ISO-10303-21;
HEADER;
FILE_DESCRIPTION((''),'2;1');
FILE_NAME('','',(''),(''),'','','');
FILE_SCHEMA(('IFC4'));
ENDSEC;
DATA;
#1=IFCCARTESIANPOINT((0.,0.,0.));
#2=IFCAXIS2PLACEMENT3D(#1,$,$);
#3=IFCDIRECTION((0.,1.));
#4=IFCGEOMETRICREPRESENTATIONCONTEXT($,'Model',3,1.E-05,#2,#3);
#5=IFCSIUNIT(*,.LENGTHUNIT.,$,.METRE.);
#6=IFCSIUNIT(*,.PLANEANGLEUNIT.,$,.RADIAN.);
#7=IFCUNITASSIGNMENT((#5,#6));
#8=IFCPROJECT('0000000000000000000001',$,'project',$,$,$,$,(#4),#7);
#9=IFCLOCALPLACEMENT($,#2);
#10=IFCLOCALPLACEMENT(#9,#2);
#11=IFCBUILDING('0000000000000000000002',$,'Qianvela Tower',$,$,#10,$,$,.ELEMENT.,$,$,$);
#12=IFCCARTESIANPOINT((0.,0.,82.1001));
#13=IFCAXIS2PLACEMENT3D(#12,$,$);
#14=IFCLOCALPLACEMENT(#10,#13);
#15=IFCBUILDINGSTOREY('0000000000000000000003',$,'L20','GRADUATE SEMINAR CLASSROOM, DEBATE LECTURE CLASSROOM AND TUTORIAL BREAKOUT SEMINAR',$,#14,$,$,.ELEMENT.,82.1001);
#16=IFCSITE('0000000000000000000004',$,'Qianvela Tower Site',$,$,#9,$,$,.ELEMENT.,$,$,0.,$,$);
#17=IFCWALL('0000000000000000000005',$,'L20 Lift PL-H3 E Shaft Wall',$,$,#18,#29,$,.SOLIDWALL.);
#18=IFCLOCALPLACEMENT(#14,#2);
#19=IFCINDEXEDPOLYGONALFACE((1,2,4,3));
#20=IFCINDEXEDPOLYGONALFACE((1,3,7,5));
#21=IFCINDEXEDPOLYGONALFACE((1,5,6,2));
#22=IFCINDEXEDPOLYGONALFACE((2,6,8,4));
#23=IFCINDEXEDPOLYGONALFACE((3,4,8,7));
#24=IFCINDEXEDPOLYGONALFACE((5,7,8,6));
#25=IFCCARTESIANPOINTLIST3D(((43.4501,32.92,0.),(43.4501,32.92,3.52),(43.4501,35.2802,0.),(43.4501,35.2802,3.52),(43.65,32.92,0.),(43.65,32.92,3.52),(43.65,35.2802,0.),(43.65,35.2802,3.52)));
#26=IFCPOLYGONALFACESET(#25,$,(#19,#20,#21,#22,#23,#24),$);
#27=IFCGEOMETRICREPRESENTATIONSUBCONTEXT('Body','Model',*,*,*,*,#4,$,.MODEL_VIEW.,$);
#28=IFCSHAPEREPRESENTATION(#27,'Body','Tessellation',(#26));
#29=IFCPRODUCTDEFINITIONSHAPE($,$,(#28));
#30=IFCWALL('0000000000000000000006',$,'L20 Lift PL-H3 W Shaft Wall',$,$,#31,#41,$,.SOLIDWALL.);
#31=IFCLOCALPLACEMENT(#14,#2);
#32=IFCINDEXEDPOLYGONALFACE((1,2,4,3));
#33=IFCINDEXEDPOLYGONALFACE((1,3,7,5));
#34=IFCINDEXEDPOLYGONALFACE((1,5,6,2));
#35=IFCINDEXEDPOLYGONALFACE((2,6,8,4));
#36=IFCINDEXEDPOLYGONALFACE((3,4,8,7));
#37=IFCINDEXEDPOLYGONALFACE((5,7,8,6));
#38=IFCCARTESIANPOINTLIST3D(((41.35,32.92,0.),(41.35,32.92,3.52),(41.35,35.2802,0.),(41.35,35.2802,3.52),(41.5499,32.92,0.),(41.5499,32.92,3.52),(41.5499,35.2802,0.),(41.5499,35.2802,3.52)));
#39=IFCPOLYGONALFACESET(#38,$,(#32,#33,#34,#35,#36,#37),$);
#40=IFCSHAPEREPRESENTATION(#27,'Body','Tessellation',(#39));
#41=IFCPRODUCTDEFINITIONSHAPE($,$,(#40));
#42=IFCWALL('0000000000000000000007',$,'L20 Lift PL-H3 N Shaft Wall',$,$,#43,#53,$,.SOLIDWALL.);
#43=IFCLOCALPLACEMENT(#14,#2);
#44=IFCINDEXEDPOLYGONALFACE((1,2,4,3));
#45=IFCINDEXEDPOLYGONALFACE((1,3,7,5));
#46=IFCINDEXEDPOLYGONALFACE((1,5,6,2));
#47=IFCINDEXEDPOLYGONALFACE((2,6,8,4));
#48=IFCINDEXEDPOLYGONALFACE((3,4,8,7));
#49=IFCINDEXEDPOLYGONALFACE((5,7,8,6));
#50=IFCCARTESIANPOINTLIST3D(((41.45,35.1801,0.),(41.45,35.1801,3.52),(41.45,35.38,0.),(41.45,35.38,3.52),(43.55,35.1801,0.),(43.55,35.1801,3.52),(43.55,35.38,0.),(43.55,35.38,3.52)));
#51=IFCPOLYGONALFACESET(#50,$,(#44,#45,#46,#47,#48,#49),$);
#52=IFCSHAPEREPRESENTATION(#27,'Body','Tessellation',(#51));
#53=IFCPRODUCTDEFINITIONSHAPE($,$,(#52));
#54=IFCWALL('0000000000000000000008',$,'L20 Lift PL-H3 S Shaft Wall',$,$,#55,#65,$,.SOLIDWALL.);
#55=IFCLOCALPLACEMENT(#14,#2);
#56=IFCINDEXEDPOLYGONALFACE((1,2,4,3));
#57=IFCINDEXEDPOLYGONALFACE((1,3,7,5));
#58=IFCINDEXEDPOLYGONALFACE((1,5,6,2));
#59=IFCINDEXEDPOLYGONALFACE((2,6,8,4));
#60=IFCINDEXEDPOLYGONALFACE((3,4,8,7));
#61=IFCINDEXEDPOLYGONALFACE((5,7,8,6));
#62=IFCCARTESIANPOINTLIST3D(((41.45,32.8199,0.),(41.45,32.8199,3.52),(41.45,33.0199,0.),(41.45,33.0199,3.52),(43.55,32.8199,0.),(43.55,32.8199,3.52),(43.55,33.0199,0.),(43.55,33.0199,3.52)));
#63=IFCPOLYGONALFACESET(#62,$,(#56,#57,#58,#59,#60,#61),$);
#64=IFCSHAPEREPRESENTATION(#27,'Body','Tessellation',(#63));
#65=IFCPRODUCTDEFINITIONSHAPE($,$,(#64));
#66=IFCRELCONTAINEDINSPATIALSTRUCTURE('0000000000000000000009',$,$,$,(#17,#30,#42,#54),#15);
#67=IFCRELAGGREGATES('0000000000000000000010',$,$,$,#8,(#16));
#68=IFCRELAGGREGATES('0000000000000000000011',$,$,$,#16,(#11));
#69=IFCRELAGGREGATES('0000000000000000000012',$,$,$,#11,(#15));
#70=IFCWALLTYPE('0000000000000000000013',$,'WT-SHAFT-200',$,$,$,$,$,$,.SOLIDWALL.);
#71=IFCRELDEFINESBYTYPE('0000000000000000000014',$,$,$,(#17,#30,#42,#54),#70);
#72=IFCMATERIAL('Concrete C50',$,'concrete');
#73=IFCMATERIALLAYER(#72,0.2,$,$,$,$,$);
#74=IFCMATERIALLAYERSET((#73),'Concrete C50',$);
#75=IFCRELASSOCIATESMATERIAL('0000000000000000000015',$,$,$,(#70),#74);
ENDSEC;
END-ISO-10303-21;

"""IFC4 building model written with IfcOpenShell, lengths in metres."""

from ifc_helpers import new_model, si_unit, direction, frame, frame_2d, origin, place, context, subcontext, project, spatial, rectangle, extrude, material, layer, layer_set, type_object, element, save


model = new_model("IFC4")

# Units and contexts
model_context = context("Model", 3, precision=1e-05, world=origin(), true_north=direction((0.0, 1.0)))
body_context = subcontext(model_context, "Body", "Model", "MODEL_VIEW")
ifc_project = project(units=[si_unit("LENGTHUNIT", "METRE"), si_unit("PLANEANGLEUNIT", "RADIAN")], contexts=[model_context])

# Site, building, storey
site_placement = place(None, origin())
site = spatial("IfcSite", under=ifc_project, at=site_placement, Name="Qianvela Tower Site", CompositionType="ELEMENT", RefElevation=0.0)
building_placement = place(site_placement, origin())
building = spatial("IfcBuilding", under=site, at=building_placement, Name="Qianvela Tower", CompositionType="ELEMENT")
storey_placement = place(building_placement, frame((0.0, 0.0, 82.1001)))
storey = spatial("IfcBuildingStorey", under=building, at=storey_placement, Name="L20", Description="GRADUATE SEMINAR CLASSROOM, DEBATE LECTURE CLASSROOM AND TUTORIAL BREAKOUT SEMINAR", CompositionType="ELEMENT", Elevation=82.1001)

# Walls
ifc_material_1 = material(Name="Concrete C50", Category="concrete")
ifc_layer_1 = layer(ifc_material_1, 0.2)
ifc_layer_set_1 = layer_set([ifc_layer_1], Name="Concrete C50")
wall_type_1 = type_object("IfcWallType", Name="WT-SHAFT-200", PredefinedType="SOLIDWALL", material=ifc_layer_set_1)
for number, where, z_axis, x_axis, name in (
    (1, (43.55, 32.9199, 0.0), (0.0, 0.0, 1.0), (0.0, 1.0, 0.0), "L20 Lift PL-H3 E Shaft Wall"),
    (2, (41.45, 32.9199, 0.0), (0.0, 0.0, 1.0), (0.0, 1.0, 0.0), "L20 Lift PL-H3 W Shaft Wall"),
):
    element("IfcWall", number, at=place(storey_placement, frame(where, z_axis=z_axis, x_axis=x_axis)), inside=storey, type_object=wall_type_1, Name=name, PredefinedType="SOLIDWALL", context=body_context, shape_type="SweptSolid", body=[
        extrude(rectangle(XDim=2.3601, YDim=0.2, at=frame_2d((1.1802, 0.0))), origin(), (0.0, 0.0, 1.0), 3.52),
    ])
for number, where, z_axis, x_axis, name in (
    (3, (41.45, 35.28, 0.0), (0.0, 0.0, 1.0), (1.0, 0.0, 0.0), "L20 Lift PL-H3 N Shaft Wall"),
    (4, (41.45, 32.9199, 0.0), (0.0, 0.0, 1.0), (1.0, 0.0, 0.0), "L20 Lift PL-H3 S Shaft Wall"),
):
    element("IfcWall", number, at=place(storey_placement, frame(where, z_axis=z_axis, x_axis=x_axis)), inside=storey, type_object=wall_type_1, Name=name, PredefinedType="SOLIDWALL", context=body_context, shape_type="SweptSolid", body=[
        extrude(rectangle(XDim=2.1001, YDim=0.2, at=frame_2d((1.05, 0.0))), origin(), (0.0, 0.0, 1.0), 3.52),
    ])

save(model, "model.ifc")
